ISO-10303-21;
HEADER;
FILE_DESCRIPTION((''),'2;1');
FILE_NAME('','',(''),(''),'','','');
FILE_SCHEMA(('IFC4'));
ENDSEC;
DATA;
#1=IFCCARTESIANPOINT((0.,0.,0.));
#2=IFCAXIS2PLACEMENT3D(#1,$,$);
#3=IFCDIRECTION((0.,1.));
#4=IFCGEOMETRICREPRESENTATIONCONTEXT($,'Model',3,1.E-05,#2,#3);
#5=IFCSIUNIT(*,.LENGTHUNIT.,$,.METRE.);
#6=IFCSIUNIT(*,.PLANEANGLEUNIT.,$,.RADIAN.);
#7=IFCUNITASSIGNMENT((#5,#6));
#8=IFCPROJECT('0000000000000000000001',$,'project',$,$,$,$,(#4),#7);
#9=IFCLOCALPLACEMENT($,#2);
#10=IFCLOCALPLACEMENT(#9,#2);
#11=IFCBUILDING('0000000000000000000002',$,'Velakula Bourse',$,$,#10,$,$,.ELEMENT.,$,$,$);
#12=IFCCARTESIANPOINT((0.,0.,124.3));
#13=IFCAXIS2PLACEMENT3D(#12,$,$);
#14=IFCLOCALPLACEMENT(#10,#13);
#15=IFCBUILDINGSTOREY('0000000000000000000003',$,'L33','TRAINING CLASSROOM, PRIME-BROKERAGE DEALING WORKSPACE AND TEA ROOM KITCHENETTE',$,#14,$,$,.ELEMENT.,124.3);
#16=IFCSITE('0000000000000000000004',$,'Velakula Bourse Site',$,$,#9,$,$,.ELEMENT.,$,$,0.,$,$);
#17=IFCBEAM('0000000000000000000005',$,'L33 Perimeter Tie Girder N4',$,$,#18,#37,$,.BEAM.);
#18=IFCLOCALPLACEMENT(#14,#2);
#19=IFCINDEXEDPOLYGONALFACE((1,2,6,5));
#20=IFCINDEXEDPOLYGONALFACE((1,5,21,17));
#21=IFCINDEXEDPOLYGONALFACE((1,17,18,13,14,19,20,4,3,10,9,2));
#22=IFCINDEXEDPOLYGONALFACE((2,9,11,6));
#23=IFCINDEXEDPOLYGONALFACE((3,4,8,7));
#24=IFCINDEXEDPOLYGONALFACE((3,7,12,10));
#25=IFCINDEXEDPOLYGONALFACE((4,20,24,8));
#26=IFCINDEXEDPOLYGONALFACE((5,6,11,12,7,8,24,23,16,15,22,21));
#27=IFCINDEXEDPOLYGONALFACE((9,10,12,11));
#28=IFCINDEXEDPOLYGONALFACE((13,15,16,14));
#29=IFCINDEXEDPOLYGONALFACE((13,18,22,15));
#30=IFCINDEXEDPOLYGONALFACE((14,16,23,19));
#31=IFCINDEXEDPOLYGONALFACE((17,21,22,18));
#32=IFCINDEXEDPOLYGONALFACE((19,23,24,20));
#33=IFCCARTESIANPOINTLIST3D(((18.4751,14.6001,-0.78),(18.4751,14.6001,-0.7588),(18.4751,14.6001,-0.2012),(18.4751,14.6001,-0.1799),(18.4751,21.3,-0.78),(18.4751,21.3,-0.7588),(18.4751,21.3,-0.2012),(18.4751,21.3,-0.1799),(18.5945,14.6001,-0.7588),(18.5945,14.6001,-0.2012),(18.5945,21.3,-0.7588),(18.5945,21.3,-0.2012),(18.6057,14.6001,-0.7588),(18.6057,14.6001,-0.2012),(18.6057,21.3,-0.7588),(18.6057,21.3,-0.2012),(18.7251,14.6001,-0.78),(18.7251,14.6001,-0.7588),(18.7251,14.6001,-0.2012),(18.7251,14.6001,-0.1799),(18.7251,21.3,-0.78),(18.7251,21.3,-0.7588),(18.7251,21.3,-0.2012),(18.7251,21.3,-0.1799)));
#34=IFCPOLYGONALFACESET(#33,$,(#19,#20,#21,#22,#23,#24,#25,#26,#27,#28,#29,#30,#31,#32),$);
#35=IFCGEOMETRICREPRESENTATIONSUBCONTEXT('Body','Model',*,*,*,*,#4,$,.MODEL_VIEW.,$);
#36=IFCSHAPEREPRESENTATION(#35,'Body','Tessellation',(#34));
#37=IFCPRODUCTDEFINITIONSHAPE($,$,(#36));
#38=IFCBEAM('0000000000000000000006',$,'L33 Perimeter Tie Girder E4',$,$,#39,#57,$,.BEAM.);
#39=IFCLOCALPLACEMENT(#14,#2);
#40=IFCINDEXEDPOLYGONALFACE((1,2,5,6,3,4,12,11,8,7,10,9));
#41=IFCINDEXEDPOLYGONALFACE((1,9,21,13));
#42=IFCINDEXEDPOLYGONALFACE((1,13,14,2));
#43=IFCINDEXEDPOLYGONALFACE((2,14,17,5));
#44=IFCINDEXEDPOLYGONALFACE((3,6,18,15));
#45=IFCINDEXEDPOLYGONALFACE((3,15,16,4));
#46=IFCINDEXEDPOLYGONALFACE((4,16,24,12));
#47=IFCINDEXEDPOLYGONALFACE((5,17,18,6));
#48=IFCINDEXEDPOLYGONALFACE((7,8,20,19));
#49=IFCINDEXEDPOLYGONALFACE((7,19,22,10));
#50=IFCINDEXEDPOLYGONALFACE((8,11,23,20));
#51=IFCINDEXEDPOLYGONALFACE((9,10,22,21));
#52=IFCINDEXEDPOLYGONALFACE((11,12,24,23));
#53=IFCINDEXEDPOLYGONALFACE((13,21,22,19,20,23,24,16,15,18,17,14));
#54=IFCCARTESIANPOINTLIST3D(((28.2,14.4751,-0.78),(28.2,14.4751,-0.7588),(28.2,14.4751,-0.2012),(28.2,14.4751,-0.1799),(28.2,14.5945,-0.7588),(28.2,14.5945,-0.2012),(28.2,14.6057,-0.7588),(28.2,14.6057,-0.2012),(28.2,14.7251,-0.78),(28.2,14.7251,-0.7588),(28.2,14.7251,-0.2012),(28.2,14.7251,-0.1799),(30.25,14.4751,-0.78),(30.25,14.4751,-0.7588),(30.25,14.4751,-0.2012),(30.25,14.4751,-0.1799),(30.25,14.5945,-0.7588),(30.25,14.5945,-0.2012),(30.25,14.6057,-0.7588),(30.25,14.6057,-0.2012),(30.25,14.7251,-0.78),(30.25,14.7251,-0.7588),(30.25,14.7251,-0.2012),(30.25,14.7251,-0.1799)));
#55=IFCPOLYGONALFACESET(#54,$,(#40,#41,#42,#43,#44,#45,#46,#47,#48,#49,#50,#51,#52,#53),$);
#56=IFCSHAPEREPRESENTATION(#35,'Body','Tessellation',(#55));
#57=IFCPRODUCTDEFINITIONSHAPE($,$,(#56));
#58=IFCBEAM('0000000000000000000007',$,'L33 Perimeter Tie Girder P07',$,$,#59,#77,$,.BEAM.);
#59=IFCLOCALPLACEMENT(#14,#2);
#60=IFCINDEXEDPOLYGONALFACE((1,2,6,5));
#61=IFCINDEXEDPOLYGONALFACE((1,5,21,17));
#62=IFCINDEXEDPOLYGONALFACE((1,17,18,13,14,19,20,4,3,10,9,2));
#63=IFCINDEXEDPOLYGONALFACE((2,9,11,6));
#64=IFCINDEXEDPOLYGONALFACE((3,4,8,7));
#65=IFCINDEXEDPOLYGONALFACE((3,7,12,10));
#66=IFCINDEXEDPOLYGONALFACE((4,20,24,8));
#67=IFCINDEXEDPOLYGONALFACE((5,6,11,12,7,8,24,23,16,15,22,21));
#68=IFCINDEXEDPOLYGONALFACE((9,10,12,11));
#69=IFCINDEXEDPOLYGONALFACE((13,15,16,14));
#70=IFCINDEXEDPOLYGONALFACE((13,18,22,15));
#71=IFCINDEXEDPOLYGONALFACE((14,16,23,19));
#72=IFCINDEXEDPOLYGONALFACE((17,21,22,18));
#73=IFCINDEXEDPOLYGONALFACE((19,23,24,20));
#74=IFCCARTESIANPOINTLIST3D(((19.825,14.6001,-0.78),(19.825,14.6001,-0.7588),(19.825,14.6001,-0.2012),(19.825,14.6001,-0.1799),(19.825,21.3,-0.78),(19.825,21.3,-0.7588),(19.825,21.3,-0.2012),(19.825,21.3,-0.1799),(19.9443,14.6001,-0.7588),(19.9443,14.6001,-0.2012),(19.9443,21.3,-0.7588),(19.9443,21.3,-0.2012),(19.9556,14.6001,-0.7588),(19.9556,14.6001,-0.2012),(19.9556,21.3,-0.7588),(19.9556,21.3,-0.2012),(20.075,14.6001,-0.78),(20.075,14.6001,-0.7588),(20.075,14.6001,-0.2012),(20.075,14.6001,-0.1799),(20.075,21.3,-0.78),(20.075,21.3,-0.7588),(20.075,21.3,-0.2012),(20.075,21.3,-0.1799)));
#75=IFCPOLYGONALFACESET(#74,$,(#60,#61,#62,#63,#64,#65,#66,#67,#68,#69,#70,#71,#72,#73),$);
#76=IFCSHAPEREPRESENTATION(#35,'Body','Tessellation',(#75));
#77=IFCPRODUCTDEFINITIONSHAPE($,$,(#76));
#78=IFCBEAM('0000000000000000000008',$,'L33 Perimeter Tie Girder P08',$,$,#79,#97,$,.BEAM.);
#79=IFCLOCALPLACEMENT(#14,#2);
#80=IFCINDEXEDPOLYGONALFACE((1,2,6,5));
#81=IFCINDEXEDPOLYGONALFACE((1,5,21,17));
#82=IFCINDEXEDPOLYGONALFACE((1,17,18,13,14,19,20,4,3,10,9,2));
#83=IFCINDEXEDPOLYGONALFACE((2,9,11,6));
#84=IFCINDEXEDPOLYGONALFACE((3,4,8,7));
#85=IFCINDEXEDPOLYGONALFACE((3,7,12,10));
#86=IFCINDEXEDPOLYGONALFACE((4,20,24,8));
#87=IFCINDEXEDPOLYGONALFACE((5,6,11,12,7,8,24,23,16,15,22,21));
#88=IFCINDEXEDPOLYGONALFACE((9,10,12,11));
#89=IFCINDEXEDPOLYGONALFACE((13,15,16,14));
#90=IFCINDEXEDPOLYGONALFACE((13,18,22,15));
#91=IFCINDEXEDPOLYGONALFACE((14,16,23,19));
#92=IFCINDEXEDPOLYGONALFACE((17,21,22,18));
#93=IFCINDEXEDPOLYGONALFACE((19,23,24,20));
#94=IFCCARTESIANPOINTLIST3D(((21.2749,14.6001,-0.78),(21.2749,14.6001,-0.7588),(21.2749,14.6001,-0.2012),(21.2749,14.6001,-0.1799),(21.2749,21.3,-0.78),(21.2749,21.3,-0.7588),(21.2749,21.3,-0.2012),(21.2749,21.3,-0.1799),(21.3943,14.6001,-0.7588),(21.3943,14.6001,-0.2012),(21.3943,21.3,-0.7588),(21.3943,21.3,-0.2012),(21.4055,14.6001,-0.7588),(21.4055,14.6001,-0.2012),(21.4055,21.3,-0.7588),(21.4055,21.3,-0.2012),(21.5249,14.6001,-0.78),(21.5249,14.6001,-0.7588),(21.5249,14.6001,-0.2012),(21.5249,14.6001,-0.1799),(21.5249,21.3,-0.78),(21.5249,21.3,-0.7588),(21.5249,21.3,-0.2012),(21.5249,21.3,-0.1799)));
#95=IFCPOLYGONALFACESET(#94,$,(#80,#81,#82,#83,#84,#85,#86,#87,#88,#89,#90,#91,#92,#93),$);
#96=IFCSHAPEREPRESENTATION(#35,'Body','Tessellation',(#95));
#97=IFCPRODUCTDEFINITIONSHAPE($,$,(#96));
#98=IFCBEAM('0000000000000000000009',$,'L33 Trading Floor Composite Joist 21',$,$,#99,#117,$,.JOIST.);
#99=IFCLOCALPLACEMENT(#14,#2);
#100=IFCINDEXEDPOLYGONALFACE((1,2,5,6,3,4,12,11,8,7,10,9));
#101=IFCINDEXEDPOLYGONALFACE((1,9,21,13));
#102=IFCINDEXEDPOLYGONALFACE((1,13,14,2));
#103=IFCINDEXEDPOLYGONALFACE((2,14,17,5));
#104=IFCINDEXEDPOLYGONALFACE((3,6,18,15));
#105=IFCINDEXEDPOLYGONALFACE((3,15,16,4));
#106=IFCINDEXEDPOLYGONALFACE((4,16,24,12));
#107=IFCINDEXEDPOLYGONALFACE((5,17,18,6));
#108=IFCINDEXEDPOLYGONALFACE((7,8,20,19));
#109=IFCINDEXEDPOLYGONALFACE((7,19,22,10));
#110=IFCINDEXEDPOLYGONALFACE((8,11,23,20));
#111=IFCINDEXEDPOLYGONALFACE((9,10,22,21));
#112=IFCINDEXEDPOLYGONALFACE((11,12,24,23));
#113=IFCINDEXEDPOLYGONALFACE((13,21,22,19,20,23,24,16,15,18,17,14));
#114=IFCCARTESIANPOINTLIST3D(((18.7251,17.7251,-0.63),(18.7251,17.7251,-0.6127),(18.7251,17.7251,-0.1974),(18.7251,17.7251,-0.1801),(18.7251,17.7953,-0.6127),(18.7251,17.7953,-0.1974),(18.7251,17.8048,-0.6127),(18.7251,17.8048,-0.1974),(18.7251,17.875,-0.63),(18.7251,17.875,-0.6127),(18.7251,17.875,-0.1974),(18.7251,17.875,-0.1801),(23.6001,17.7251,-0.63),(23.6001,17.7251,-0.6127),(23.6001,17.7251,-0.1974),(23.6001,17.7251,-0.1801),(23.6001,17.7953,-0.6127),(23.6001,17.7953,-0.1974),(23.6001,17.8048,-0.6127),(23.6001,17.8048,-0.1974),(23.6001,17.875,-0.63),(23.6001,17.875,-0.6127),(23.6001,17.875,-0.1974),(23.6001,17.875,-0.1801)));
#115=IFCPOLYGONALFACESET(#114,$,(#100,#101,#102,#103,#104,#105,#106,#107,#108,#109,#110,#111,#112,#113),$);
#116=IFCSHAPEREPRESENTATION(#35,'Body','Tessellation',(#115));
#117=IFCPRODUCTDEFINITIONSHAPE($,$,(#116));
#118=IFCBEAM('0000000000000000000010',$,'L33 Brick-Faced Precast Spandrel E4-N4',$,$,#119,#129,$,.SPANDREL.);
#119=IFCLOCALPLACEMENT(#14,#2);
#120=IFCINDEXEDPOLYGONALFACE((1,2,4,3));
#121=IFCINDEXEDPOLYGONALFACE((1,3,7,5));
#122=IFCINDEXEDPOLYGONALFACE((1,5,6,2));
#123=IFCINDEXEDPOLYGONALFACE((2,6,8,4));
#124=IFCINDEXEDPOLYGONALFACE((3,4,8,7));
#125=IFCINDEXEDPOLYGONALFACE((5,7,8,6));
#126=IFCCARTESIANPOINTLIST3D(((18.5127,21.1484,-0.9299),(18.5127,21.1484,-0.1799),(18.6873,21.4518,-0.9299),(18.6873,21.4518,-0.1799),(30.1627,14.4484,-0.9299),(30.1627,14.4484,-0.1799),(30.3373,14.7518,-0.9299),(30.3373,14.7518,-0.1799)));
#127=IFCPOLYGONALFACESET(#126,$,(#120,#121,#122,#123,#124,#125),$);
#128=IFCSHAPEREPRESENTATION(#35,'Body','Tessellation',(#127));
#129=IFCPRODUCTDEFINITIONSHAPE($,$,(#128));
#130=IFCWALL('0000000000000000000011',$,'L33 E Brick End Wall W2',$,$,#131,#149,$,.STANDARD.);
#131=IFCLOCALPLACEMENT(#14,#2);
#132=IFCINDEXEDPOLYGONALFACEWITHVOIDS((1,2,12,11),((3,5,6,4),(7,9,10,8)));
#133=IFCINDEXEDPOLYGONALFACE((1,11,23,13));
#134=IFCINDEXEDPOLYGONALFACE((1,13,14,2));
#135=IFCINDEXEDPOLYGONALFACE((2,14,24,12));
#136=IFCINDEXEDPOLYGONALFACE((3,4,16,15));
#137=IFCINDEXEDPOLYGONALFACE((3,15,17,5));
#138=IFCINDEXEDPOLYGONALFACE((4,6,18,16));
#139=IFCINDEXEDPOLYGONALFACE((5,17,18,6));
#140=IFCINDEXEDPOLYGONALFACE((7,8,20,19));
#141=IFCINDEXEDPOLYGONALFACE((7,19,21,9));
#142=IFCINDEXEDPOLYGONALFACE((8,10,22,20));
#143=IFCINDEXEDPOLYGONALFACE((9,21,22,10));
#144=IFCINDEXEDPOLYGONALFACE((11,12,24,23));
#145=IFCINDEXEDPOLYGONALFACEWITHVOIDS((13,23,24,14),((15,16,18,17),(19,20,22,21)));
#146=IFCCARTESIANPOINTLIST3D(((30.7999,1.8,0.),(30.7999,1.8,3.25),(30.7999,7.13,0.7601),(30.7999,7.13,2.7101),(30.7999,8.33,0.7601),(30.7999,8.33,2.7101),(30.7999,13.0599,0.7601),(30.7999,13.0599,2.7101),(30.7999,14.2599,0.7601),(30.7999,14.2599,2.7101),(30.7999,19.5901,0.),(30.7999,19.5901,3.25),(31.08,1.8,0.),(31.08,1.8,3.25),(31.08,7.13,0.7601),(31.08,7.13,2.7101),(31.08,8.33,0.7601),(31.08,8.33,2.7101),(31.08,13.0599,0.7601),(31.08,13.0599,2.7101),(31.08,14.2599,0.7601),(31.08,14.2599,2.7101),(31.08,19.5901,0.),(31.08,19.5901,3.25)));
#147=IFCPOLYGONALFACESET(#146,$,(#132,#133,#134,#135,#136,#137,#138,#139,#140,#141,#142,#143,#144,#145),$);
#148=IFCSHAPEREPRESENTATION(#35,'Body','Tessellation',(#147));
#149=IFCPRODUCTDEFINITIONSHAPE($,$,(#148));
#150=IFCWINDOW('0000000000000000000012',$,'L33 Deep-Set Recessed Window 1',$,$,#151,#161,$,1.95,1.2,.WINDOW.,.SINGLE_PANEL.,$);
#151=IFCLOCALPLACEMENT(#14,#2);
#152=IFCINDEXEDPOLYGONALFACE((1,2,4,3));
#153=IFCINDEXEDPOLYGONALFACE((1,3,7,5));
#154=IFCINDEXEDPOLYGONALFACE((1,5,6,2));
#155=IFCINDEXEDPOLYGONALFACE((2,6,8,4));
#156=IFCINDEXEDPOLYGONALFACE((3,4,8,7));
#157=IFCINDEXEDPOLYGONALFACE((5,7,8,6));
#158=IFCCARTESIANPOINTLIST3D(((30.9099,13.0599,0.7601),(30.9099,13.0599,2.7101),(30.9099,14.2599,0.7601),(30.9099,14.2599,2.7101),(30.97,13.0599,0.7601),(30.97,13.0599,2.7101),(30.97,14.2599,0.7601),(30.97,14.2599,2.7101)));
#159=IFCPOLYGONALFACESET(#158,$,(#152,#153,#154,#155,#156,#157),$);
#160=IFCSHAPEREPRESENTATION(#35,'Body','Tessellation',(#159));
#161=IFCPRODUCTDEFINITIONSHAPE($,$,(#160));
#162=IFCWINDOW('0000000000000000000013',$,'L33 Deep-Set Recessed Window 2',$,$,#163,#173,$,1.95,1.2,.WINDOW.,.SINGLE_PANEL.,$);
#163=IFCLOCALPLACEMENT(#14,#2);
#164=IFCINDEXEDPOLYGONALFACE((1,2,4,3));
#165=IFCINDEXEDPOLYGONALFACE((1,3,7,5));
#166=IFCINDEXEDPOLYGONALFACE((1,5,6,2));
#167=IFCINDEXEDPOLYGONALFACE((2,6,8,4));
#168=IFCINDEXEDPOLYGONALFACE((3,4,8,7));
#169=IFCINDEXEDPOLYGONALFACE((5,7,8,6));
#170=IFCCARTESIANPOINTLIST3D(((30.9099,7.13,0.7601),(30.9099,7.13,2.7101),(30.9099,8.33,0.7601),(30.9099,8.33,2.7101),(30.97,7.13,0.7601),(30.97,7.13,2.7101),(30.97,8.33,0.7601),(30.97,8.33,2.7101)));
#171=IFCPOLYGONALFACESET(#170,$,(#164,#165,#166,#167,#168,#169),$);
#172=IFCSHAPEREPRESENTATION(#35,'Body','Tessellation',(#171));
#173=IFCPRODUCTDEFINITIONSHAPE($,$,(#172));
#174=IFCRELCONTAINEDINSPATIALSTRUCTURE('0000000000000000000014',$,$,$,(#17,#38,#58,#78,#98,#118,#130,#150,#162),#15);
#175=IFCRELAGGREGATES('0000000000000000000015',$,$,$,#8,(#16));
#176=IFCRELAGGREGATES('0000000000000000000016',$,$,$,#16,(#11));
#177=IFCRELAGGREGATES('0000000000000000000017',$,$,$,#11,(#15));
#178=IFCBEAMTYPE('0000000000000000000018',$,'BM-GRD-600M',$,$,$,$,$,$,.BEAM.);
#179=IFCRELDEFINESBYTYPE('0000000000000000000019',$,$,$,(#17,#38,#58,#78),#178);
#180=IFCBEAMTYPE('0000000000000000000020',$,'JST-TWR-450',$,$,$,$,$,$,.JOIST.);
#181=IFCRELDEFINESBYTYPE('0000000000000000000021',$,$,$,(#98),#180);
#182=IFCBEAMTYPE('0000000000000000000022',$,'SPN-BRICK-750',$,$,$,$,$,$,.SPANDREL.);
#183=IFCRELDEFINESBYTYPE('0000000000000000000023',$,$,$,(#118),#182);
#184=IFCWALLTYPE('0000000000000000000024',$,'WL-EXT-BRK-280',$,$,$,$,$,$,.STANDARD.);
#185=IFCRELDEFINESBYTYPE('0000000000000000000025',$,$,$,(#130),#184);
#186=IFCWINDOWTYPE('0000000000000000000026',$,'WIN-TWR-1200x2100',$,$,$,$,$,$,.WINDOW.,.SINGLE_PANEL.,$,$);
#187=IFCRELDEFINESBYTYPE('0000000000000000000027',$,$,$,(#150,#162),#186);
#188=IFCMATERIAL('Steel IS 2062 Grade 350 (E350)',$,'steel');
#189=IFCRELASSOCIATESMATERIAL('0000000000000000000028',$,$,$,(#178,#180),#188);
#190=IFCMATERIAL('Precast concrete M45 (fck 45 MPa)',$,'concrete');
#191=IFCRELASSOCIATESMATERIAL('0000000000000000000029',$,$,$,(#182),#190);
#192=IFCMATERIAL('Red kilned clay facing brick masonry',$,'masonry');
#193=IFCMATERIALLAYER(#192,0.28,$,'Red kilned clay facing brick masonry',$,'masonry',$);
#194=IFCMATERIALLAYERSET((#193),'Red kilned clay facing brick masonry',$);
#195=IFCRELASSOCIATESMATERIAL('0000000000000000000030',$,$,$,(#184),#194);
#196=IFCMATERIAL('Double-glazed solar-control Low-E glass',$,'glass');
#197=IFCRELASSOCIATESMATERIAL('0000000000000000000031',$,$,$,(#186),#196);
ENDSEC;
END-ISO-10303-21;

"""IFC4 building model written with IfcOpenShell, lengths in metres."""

from ifc_helpers import new_model, si_unit, direction, frame, frame_2d, origin, origin_2d, place, context, subcontext, project, spatial, rectangle, i_section, extrude, material, layer, layer_set, material_profile, profile_set, type_object, element, fill, save


model = new_model("IFC4")

# Units and contexts
model_context = context("Model", 3, precision=1e-05, world=origin(), true_north=direction((0.0, 1.0)))
body_context = subcontext(model_context, "Body", "Model", "MODEL_VIEW")
ifc_project = project(units=[si_unit("LENGTHUNIT", "METRE"), si_unit("PLANEANGLEUNIT", "RADIAN")], contexts=[model_context])

# Site, building, storey
site_placement = place(None, origin())
site = spatial("IfcSite", under=ifc_project, at=site_placement, Name="Velakula Bourse Site", CompositionType="ELEMENT", RefElevation=0.0)
building_placement = place(site_placement, origin())
building = spatial("IfcBuilding", under=site, at=building_placement, Name="Velakula Bourse", CompositionType="ELEMENT")
storey_placement = place(building_placement, frame((0.0, 0.0, 124.3)))
storey = spatial("IfcBuildingStorey", under=building, at=storey_placement, Name="L33", Description="TRAINING CLASSROOM, PRIME-BROKERAGE DEALING WORKSPACE AND TEA ROOM KITCHENETTE", CompositionType="ELEMENT", Elevation=124.3)

# Shared definitions
ifc_material_1 = material(Name="Steel IS 2062 Grade 350 (E350)", Category="steel")
ifc_material_2 = material(Name="Precast concrete M45 (fck 45 MPa)", Category="concrete")

# Beams
ifc_material_profile_1 = material_profile(ifc_material_1, i_section(OverallWidth=0.25, OverallDepth=0.6001, WebThickness=0.0112, FlangeThickness=0.0212, at=origin_2d()), Name="Steel IS 2062 Grade 350 (E350)")
ifc_profile_set_1 = profile_set([ifc_material_profile_1], Name="Steel IS 2062 Grade 350 (E350)")
beam_type_1 = type_object("IfcBeamType", Name="BM-GRD-600M", PredefinedType="BEAM", material=ifc_profile_set_1)
beam_1_placement = place(storey_placement, frame((18.6001, 14.6001, -0.48), z_axis=(0.0, 1.0, 0.0), x_axis=(-1.0, 0.0, 0.0)))
element("IfcBeam", 1, at=beam_1_placement, inside=storey, type_object=beam_type_1, Name="L33 Perimeter Tie Girder N4", PredefinedType="BEAM", context=body_context, shape_type="SweptSolid", body=[
    extrude(i_section(OverallWidth=0.25, OverallDepth=0.6001, WebThickness=0.0112, FlangeThickness=0.0212, at=origin_2d()), origin(), (0.0, 0.0, 1.0), 6.7),
])
beam_2_placement = place(storey_placement, frame((28.2, 14.6001, -0.48), z_axis=(1.0, 0.0, 0.0), x_axis=(0.0, 1.0, 0.0)))
element("IfcBeam", 2, at=beam_2_placement, inside=storey, type_object=beam_type_1, Name="L33 Perimeter Tie Girder E4", PredefinedType="BEAM", context=body_context, shape_type="SweptSolid", body=[
    extrude(i_section(OverallWidth=0.25, OverallDepth=0.6001, WebThickness=0.0112, FlangeThickness=0.0212, at=origin_2d()), origin(), (0.0, 0.0, 1.0), 2.05),
])
for number, where, z_axis, x_axis, name in (
    (3, (19.95, 14.6001, -0.48), (0.0, 1.0, 0.0), (-1.0, 0.0, 0.0), "L33 Perimeter Tie Girder P07"),
    (4, (21.3999, 14.6001, -0.48), (0.0, 1.0, 0.0), (-1.0, 0.0, 0.0), "L33 Perimeter Tie Girder P08"),
):
    element("IfcBeam", number, at=place(storey_placement, frame(where, z_axis=z_axis, x_axis=x_axis)), inside=storey, type_object=beam_type_1, Name=name, PredefinedType="BEAM", context=body_context, shape_type="SweptSolid", body=[
        extrude(i_section(OverallWidth=0.25, OverallDepth=0.6001, WebThickness=0.0112, FlangeThickness=0.0212, at=origin_2d()), origin(), (0.0, 0.0, 1.0), 6.7),
    ])
ifc_material_profile_2 = material_profile(ifc_material_1, i_section(OverallWidth=0.1499, OverallDepth=0.45, WebThickness=0.0095, FlangeThickness=0.0173, at=origin_2d()), Name="Steel IS 2062 Grade 350 (E350)")
ifc_profile_set_2 = profile_set([ifc_material_profile_2], Name="Steel IS 2062 Grade 350 (E350)")
beam_type_2 = type_object("IfcBeamType", Name="JST-TWR-450", PredefinedType="JOIST", material=ifc_profile_set_2)
beam_3_placement = place(storey_placement, frame((18.7251, 17.8, -0.405), z_axis=(1.0, 0.0, 0.0), x_axis=(0.0, 1.0, 0.0)))
element("IfcBeam", 5, at=beam_3_placement, inside=storey, type_object=beam_type_2, Name="L33 Trading Floor Composite Joist 21", PredefinedType="JOIST", context=body_context, shape_type="SweptSolid", body=[
    extrude(i_section(OverallWidth=0.1499, OverallDepth=0.45, WebThickness=0.0095, FlangeThickness=0.0173, at=origin_2d()), origin(), (0.0, 0.0, 1.0), 4.875),
])
ifc_material_profile_3 = material_profile(ifc_material_2, rectangle(XDim=0.3501, YDim=0.75, at=origin_2d()), Name="Precast concrete M45 (fck 45 MPa)")
ifc_profile_set_3 = profile_set([ifc_material_profile_3], Name="Precast concrete M45 (fck 45 MPa)")
beam_type_3 = type_object("IfcBeamType", Name="SPN-BRICK-750", PredefinedType="SPANDREL", material=ifc_profile_set_3)
beam_4_placement = place(storey_placement, frame((30.25, 14.6001, -0.5549), z_axis=(-0.866866, 0.498541, 0.0), x_axis=(-0.498541, -0.866866, 0.0)))
element("IfcBeam", 6, at=beam_4_placement, inside=storey, type_object=beam_type_3, Name="L33 Brick-Faced Precast Spandrel E4-N4", PredefinedType="SPANDREL", context=body_context, shape_type="SweptSolid", body=[
    extrude(rectangle(XDim=0.3501, YDim=0.75, at=origin_2d()), origin(), (0.0, 0.0, 1.0), 13.4392),
])

# Wall, openings, windows
ifc_material_3 = material(Name="Red kilned clay facing brick masonry", Category="masonry")
ifc_layer = layer(ifc_material_3, 0.28, Name="Red kilned clay facing brick masonry", Category="masonry")
ifc_layer_set = layer_set([ifc_layer], Name="Red kilned clay facing brick masonry")
wall_type = type_object("IfcWallType", Name="WL-EXT-BRK-280", PredefinedType="STANDARD", material=ifc_layer_set)
wall_placement = place(storey_placement, frame((30.9399, 19.5901, 0.0), z_axis=(0.0, 0.0, 1.0), x_axis=(0.0, -1.0, 0.0)))
wall = element("IfcWall", 7, at=wall_placement, inside=storey, type_object=wall_type, Name="L33 E Brick End Wall W2", PredefinedType="STANDARD", context=body_context, shape_type="SweptSolid", body=[
    extrude(rectangle(XDim=17.79, YDim=0.28, at=frame_2d((8.895, 0.0))), origin(), (0.0, 0.0, 1.0), 3.25),
])
opening_1_placement = place(wall_placement, frame((5.3301, 0.0, 0.76)))
opening_1 = element("IfcOpeningElement", 8, at=opening_1_placement, cuts=wall, PredefinedType="OPENING", context=body_context, shape_type="SweptSolid", body=[
    extrude(rectangle(XDim=1.2, YDim=1.95, at=frame_2d((0.6001, 0.9751))), frame((0.0, 0.1499, 0.0), z_axis=(0.0, -1.0, 0.0), x_axis=(1.0, 0.0, 0.0)), (0.0, 0.0, 1.0), 0.3),
])
opening_2_placement = place(wall_placement, frame((11.26, 0.0, 0.76)))
opening_2 = element("IfcOpeningElement", 9, at=opening_2_placement, cuts=wall, PredefinedType="OPENING", context=body_context, shape_type="SweptSolid", body=[
    extrude(rectangle(XDim=1.2, YDim=1.95, at=frame_2d((0.6001, 0.9751))), frame((0.0, 0.1499, 0.0), z_axis=(0.0, -1.0, 0.0), x_axis=(1.0, 0.0, 0.0)), (0.0, 0.0, 1.0), 0.3),
])
ifc_material_4 = material(Name="Double-glazed solar-control Low-E glass", Category="glass")
window_type = type_object("IfcWindowType", Name="WIN-TWR-1200x2100", PartitioningType="SINGLE_PANEL", PredefinedType="WINDOW", material=ifc_material_4)
window_1_placement = place(opening_1_placement, origin())
window_1 = element("IfcWindow", 10, at=window_1_placement, inside=storey, type_object=window_type, Name="L33 Deep-Set Recessed Window 1", OverallHeight=1.95, OverallWidth=1.2, PartitioningType="SINGLE_PANEL", PredefinedType="WINDOW", context=body_context, shape_type="SweptSolid", body=[
    extrude(rectangle(XDim=1.2, YDim=1.95, at=frame_2d((0.6001, 0.9751))), frame((0.0, 0.03, 0.0), z_axis=(0.0, -1.0, 0.0), x_axis=(1.0, 0.0, 0.0)), (0.0, 0.0, 1.0), 0.0601),
])
fill(opening_1, window_1)
window_2_placement = place(opening_2_placement, origin())
window_2 = element("IfcWindow", 11, at=window_2_placement, inside=storey, type_object=window_type, Name="L33 Deep-Set Recessed Window 2", OverallHeight=1.95, OverallWidth=1.2, PartitioningType="SINGLE_PANEL", PredefinedType="WINDOW", context=body_context, shape_type="SweptSolid", body=[
    extrude(rectangle(XDim=1.2, YDim=1.95, at=frame_2d((0.6001, 0.9751))), frame((0.0, 0.03, 0.0), z_axis=(0.0, -1.0, 0.0), x_axis=(1.0, 0.0, 0.0)), (0.0, 0.0, 1.0), 0.0601),
])
fill(opening_2, window_2)

save(model, "model.ifc")
